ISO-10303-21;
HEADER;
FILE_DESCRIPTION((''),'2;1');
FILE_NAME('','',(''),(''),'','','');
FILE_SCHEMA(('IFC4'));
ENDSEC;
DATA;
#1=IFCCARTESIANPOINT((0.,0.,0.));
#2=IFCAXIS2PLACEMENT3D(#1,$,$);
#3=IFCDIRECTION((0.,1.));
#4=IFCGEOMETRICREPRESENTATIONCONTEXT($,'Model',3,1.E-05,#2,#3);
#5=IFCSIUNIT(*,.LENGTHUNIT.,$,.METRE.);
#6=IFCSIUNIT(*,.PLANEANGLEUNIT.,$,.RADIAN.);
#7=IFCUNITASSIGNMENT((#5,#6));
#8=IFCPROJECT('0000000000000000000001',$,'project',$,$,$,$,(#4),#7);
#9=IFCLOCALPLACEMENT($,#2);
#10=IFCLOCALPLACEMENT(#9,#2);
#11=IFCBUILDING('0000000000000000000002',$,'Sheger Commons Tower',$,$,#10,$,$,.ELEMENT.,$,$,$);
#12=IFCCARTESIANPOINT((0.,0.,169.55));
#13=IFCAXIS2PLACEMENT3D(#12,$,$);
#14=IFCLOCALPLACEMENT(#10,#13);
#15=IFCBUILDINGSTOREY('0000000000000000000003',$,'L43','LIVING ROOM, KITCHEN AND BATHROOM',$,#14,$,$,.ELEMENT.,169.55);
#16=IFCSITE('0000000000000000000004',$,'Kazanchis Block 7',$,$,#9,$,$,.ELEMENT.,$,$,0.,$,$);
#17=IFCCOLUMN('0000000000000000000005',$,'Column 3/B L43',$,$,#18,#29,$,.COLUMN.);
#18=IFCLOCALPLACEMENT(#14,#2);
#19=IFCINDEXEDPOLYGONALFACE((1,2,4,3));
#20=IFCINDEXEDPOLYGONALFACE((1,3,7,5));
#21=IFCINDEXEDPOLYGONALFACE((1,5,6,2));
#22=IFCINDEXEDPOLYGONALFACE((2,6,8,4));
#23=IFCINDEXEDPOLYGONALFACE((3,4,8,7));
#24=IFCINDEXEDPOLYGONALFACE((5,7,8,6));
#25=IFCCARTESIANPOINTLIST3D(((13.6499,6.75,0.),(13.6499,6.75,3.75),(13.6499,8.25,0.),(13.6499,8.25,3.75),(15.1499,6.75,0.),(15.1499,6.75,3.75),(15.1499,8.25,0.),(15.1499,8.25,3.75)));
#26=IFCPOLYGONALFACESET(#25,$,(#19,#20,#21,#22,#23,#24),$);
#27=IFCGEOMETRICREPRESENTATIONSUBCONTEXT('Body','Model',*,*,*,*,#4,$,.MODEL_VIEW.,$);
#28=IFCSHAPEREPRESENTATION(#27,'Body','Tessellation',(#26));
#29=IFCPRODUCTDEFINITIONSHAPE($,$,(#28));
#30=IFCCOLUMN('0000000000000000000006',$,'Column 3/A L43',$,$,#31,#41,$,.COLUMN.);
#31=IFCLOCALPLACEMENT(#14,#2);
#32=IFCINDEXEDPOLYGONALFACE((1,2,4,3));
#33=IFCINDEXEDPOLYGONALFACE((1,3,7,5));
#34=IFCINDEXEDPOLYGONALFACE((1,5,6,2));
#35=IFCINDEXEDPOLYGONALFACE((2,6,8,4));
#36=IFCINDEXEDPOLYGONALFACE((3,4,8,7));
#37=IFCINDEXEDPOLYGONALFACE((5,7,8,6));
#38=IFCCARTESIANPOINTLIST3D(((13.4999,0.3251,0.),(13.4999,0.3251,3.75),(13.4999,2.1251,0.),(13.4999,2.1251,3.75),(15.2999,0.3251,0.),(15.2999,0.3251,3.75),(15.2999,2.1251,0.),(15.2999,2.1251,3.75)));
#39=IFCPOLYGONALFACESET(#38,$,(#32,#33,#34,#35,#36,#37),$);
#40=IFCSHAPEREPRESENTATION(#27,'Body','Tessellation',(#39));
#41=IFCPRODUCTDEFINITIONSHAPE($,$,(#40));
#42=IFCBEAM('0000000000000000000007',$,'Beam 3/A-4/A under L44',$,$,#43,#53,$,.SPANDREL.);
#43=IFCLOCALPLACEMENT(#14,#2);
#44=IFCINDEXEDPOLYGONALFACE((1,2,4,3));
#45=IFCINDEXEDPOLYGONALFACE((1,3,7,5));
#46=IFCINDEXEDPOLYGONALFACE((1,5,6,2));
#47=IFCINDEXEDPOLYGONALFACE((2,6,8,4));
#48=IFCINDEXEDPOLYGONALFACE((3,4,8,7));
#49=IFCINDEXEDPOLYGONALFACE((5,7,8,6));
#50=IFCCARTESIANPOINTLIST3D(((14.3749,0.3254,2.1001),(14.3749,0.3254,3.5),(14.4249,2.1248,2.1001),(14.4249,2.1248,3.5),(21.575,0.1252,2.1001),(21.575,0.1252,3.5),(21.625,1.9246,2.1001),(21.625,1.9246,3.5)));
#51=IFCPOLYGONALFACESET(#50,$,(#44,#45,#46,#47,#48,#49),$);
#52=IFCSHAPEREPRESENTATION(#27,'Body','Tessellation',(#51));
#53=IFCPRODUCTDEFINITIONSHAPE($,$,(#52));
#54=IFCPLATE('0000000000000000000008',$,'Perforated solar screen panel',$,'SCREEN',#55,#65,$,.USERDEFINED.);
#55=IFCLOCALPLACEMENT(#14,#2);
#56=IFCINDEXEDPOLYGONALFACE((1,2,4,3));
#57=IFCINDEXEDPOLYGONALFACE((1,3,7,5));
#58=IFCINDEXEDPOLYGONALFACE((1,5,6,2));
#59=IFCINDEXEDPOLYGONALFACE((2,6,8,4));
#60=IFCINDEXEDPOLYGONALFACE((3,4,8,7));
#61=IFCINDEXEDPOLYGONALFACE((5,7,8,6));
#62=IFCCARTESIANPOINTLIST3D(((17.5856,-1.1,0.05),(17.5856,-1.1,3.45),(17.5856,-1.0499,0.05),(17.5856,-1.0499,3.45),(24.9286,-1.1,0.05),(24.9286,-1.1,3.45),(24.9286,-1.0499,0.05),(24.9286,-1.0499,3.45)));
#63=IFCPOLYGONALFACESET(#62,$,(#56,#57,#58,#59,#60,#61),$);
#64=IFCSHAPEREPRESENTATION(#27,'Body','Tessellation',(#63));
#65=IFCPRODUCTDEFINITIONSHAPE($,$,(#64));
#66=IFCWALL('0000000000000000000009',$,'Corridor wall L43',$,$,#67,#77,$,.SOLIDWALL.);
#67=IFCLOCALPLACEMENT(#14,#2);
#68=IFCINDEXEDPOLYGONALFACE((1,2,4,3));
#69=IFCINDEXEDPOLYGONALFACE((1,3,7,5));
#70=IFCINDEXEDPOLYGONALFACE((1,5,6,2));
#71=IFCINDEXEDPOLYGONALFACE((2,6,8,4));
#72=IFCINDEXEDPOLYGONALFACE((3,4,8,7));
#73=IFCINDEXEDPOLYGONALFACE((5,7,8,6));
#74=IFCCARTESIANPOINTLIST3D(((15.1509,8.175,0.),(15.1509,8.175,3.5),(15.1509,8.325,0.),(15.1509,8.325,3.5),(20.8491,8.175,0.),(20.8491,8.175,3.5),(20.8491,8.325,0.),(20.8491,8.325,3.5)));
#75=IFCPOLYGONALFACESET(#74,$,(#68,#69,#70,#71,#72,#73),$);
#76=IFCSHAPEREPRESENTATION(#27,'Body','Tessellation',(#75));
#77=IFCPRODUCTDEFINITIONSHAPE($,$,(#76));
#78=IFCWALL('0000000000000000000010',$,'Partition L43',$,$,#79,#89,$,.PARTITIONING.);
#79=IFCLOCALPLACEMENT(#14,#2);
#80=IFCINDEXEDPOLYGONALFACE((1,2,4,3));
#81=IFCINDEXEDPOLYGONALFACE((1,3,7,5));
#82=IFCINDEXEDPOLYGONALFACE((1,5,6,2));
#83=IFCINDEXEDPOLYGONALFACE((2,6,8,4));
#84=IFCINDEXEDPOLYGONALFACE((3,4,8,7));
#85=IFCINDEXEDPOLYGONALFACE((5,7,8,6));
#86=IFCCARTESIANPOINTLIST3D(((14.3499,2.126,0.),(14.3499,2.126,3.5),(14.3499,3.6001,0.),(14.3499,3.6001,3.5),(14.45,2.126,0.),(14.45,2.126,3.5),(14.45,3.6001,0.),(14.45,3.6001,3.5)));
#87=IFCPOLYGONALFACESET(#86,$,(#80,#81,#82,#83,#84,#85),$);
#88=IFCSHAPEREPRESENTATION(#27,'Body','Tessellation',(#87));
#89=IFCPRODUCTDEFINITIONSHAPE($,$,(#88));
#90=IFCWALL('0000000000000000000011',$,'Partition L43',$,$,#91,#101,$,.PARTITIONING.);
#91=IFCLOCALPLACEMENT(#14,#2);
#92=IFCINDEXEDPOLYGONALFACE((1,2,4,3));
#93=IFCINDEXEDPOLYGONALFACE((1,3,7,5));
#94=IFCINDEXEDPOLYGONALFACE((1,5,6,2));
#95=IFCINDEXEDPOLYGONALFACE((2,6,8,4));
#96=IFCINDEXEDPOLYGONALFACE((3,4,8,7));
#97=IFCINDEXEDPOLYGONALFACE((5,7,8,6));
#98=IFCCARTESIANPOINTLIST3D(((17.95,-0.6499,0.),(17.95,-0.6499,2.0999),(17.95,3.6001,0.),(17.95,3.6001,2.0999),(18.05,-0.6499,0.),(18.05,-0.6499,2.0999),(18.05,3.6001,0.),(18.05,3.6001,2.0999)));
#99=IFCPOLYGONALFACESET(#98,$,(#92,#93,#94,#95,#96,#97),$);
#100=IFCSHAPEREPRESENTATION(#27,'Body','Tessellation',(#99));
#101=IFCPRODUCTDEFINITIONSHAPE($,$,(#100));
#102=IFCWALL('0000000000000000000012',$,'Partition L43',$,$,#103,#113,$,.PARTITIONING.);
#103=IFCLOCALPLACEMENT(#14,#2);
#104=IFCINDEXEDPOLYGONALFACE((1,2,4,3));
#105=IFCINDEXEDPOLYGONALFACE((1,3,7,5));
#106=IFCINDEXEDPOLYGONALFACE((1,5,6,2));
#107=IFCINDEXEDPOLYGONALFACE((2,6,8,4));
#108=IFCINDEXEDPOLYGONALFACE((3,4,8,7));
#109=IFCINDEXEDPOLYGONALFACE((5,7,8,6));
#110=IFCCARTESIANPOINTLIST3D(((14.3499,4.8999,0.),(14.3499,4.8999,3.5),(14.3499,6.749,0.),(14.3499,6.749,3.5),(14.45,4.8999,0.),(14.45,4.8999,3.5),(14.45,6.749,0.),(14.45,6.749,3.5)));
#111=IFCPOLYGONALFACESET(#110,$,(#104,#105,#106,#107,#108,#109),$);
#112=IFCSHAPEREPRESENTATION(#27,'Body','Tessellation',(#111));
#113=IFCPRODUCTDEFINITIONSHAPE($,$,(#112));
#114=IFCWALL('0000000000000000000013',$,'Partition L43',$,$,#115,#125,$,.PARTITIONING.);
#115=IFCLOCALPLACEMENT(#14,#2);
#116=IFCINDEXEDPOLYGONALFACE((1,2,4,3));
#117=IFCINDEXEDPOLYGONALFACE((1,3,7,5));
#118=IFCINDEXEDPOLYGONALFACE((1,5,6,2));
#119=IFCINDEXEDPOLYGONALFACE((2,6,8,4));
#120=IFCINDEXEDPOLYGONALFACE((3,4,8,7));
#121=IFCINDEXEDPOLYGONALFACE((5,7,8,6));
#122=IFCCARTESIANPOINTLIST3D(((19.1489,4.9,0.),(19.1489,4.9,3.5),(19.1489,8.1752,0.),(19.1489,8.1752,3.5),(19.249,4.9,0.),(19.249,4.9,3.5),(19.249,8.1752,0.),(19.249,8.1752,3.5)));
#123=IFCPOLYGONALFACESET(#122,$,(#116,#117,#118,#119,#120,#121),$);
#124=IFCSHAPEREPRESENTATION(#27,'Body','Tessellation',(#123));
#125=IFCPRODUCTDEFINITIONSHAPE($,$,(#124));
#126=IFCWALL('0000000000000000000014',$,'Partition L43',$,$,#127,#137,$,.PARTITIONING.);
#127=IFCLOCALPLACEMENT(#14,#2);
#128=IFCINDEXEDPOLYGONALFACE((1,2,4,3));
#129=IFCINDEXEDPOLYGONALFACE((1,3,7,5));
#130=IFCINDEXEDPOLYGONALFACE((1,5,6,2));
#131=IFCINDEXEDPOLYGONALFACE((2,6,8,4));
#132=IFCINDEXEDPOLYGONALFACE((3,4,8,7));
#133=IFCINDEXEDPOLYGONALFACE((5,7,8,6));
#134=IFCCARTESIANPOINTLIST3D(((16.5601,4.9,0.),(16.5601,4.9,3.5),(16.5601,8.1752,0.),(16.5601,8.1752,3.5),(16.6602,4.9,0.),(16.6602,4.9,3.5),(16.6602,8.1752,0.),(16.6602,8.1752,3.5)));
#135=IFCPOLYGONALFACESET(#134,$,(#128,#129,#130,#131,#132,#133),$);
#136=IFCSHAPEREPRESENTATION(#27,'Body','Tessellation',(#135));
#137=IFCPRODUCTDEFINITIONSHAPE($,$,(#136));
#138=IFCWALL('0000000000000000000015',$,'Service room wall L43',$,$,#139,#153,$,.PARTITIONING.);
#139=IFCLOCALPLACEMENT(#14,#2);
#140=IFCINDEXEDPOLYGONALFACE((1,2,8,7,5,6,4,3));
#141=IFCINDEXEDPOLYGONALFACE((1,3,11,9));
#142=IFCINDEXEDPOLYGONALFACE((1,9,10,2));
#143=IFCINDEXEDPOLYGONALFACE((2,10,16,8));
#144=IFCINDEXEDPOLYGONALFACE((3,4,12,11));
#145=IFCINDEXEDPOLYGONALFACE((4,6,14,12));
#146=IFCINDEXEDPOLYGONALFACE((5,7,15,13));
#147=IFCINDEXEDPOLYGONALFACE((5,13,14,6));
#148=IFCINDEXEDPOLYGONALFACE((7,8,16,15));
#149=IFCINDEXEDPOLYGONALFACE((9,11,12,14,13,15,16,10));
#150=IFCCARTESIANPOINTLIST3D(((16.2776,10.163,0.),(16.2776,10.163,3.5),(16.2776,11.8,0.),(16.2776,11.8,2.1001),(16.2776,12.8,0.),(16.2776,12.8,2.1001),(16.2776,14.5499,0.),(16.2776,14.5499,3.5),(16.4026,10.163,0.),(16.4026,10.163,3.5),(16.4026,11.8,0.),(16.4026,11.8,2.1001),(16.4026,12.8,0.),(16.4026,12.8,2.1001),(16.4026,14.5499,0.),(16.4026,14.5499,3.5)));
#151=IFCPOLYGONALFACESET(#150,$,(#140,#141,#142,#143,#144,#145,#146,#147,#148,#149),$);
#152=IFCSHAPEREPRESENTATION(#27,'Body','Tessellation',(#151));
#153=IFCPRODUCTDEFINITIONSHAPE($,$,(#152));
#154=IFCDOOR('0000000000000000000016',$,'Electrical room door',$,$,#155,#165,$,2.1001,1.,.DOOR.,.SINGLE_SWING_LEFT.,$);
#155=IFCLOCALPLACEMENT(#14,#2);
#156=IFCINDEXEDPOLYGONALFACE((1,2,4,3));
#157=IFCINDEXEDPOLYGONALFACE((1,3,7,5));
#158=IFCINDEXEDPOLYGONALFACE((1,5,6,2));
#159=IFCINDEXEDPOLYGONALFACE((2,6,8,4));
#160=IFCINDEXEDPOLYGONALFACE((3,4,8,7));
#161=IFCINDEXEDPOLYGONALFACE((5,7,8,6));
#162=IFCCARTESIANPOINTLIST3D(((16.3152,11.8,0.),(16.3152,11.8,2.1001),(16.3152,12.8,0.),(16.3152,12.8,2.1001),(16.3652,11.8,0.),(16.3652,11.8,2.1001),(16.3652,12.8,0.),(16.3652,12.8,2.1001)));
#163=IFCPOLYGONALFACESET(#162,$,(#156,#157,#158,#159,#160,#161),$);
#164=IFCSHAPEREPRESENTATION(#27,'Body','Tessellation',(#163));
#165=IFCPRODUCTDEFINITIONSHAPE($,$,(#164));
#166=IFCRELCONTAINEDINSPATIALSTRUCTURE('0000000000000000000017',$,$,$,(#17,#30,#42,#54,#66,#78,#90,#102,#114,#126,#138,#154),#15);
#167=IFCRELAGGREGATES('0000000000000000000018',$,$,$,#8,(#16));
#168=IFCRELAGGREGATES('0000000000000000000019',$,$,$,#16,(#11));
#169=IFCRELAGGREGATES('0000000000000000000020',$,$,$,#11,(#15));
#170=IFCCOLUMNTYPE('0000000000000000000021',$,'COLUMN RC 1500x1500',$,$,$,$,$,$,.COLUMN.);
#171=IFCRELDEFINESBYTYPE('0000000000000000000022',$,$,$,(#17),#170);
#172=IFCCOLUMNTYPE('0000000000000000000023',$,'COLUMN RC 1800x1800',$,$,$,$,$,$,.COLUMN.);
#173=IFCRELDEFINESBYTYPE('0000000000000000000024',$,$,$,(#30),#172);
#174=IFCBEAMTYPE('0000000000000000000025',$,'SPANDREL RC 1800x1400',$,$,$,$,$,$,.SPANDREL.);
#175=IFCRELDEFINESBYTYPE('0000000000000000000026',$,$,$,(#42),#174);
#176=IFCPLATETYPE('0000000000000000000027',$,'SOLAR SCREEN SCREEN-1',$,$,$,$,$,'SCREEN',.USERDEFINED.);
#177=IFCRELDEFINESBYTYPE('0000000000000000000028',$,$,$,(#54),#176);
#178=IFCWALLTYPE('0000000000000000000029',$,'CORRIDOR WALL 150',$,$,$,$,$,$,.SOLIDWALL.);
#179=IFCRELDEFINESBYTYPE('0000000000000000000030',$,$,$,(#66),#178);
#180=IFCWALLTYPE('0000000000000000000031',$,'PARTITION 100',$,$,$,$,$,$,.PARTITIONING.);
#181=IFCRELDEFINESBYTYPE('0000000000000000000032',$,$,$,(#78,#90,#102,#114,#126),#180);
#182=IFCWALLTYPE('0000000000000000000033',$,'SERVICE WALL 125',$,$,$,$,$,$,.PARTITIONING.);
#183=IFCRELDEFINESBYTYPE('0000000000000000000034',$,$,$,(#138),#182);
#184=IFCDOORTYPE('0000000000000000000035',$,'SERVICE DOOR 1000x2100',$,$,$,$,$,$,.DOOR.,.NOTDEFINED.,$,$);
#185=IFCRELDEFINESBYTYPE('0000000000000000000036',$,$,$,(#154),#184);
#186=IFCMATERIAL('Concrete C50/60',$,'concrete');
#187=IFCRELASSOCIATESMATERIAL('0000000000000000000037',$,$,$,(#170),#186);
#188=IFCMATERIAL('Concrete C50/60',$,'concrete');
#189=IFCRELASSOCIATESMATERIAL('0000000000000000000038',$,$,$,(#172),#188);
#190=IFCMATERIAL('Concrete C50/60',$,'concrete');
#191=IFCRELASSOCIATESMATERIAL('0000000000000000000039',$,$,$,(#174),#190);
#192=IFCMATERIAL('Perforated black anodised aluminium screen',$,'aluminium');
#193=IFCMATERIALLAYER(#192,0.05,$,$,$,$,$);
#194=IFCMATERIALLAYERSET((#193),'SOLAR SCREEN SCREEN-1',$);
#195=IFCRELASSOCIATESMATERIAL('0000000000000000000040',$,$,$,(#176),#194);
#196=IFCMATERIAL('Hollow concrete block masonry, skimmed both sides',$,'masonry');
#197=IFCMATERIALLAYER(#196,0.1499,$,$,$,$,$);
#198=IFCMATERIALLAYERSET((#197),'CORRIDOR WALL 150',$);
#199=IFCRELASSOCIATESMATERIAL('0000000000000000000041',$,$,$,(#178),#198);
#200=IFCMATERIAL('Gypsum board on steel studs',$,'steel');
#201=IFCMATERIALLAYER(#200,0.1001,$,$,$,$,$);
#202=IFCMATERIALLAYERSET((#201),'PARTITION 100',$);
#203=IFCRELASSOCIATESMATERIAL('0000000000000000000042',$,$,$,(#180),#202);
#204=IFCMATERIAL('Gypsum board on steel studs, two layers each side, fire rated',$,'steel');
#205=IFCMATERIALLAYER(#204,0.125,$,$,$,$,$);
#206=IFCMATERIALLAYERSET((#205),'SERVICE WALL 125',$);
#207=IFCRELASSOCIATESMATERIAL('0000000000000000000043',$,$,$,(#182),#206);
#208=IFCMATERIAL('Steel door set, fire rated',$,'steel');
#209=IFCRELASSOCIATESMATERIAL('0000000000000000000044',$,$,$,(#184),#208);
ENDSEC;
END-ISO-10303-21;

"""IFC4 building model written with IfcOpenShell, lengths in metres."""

from ifc_helpers import new_model, si_unit, direction, frame, frame_2d, origin, origin_2d, place, context, subcontext, project, spatial, rectangle, extrude, material, layer, layer_set, material_profile, profile_set, type_object, element, fill, save


model = new_model("IFC4")

# Units and contexts
model_context = context("Model", 3, precision=1e-05, world=origin(), true_north=direction((0.0, 1.0)))
body_context = subcontext(model_context, "Body", "Model", "MODEL_VIEW")
ifc_project = project(units=[si_unit("LENGTHUNIT", "METRE"), si_unit("PLANEANGLEUNIT", "RADIAN")], contexts=[model_context])

# Site, building, storey
site_placement = place(None, origin())
site = spatial("IfcSite", under=ifc_project, at=site_placement, Name="Kazanchis Block 7", CompositionType="ELEMENT", RefElevation=0.0)
building_placement = place(site_placement, origin())
building = spatial("IfcBuilding", under=site, at=building_placement, Name="Sheger Commons Tower", CompositionType="ELEMENT")
storey_placement = place(building_placement, frame((0.0, 0.0, 169.55)))
storey = spatial("IfcBuildingStorey", under=building, at=storey_placement, Name="L43", Description="LIVING ROOM, KITCHEN AND BATHROOM", CompositionType="ELEMENT", Elevation=169.55)

# Columns
ifc_material_1 = material(Name="Concrete C50/60", Category="concrete")
ifc_material_profile_1 = material_profile(ifc_material_1, rectangle(XDim=1.5, YDim=1.5, at=origin_2d()), Name="RC 1500x1500")
ifc_profile_set_1 = profile_set([ifc_material_profile_1], Name="Concrete C50/60")
column_type_1 = type_object("IfcColumnType", Name="COLUMN RC 1500x1500", PredefinedType="COLUMN", material=ifc_profile_set_1)
column_1_placement = place(storey_placement, frame((14.3999, 7.5, 0.0), z_axis=(0.0, 0.0, 1.0), x_axis=(1.0, 0.0, 0.0)))
element("IfcColumn", 1, at=column_1_placement, inside=storey, type_object=column_type_1, Name="Column 3/B L43", PredefinedType="COLUMN", context=body_context, shape_type="SweptSolid", body=[
    extrude(rectangle(XDim=1.5, YDim=1.5, at=origin_2d()), origin(), (0.0, 0.0, 1.0), 3.75),
])
ifc_material_2 = material(Name="Concrete C50/60", Category="concrete")
ifc_material_profile_2 = material_profile(ifc_material_2, rectangle(XDim=1.8, YDim=1.8, at=origin_2d()), Name="RC 1800x1800")
ifc_profile_set_2 = profile_set([ifc_material_profile_2], Name="Concrete C50/60")
column_type_2 = type_object("IfcColumnType", Name="COLUMN RC 1800x1800", PredefinedType="COLUMN", material=ifc_profile_set_2)
column_2_placement = place(storey_placement, frame((14.3999, 1.2251, 0.0), z_axis=(0.0, 0.0, 1.0), x_axis=(1.0, 0.0, 0.0)))
element("IfcColumn", 2, at=column_2_placement, inside=storey, type_object=column_type_2, Name="Column 3/A L43", PredefinedType="COLUMN", context=body_context, shape_type="SweptSolid", body=[
    extrude(rectangle(XDim=1.8, YDim=1.8, at=origin_2d()), origin(), (0.0, 0.0, 1.0), 3.75),
])

# Beam
ifc_material_3 = material(Name="Concrete C50/60", Category="concrete")
ifc_material_profile_3 = material_profile(ifc_material_3, rectangle(XDim=1.8, YDim=1.3999, at=origin_2d()), Name="RC 1800x1400")
ifc_profile_set_3 = profile_set([ifc_material_profile_3], Name="Concrete C50/60")
beam_type = type_object("IfcBeamType", Name="SPANDREL RC 1800x1400", PredefinedType="SPANDREL", material=ifc_profile_set_3)
beam_placement = place(storey_placement, frame((14.3999, 1.2251, 2.8), z_axis=(0.999614, -0.027793, 0.0), x_axis=(0.027793, 0.999614, 0.0)))
element("IfcBeam", 3, at=beam_placement, inside=storey, type_object=beam_type, Name="Beam 3/A-4/A under L44", PredefinedType="SPANDREL", context=body_context, shape_type="SweptSolid", body=[
    extrude(rectangle(XDim=1.8, YDim=1.3999, at=origin_2d()), origin(), (0.0, 0.0, 1.0), 7.2029),
])

# Plate
ifc_material_4 = material(Name="Perforated black anodised aluminium screen", Category="aluminium")
ifc_layer_1 = layer(ifc_material_4, 0.05)
ifc_layer_set_1 = layer_set([ifc_layer_1], Name="SOLAR SCREEN SCREEN-1")
plate_type = type_object("IfcPlateType", Name="SOLAR SCREEN SCREEN-1", ElementType="SCREEN", PredefinedType="USERDEFINED", material=ifc_layer_set_1)
plate_placement = place(storey_placement, frame((21.2571, -1.075, 0.05), z_axis=(0.0, 0.0, 1.0), x_axis=(1.0, 0.0, 0.0)))
element("IfcPlate", 4, at=plate_placement, inside=storey, type_object=plate_type, Name="Perforated solar screen panel", ObjectType="SCREEN", PredefinedType="USERDEFINED", context=body_context, shape_type="SweptSolid", body=[
    extrude(rectangle(XDim=7.343, YDim=0.05, at=origin_2d()), origin(), (0.0, 0.0, 1.0), 3.3999),
])

# Walls
ifc_material_5 = material(Name="Hollow concrete block masonry, skimmed both sides", Category="masonry")
ifc_layer_2 = layer(ifc_material_5, 0.1499)
ifc_layer_set_2 = layer_set([ifc_layer_2], Name="CORRIDOR WALL 150")
wall_type_1 = type_object("IfcWallType", Name="CORRIDOR WALL 150", PredefinedType="SOLIDWALL", material=ifc_layer_set_2)
wall_1_placement = place(storey_placement, frame((20.8491, 8.25, 0.0), z_axis=(0.0, 0.0, 1.0), x_axis=(-1.0, 0.0, 0.0)))
element("IfcWall", 5, at=wall_1_placement, inside=storey, type_object=wall_type_1, Name="Corridor wall L43", PredefinedType="SOLIDWALL", context=body_context, shape_type="SweptSolid", body=[
    extrude(rectangle(XDim=5.6982, YDim=0.1499, at=frame_2d((2.8491, 0.0))), origin(), (0.0, 0.0, 1.0), 3.5),
])
ifc_material_6 = material(Name="Gypsum board on steel studs", Category="steel")
ifc_layer_3 = layer(ifc_material_6, 0.1001)
ifc_layer_set_3 = layer_set([ifc_layer_3], Name="PARTITION 100")
wall_type_2 = type_object("IfcWallType", Name="PARTITION 100", PredefinedType="PARTITIONING", material=ifc_layer_set_3)
wall_2_placement = place(storey_placement, frame((14.3999, 2.126, 0.0), z_axis=(0.0, 0.0, 1.0), x_axis=(0.0, 1.0, 0.0)))
element("IfcWall", 6, at=wall_2_placement, inside=storey, type_object=wall_type_2, Name="Partition L43", PredefinedType="PARTITIONING", context=body_context, shape_type="SweptSolid", body=[
    extrude(rectangle(XDim=1.4741, YDim=0.1001, at=frame_2d((0.7371, 0.0))), origin(), (0.0, 0.0, 1.0), 3.5),
])
wall_3_placement = place(storey_placement, frame((18.0, -0.6499, 0.0), z_axis=(0.0, 0.0, 1.0), x_axis=(0.0, 1.0, 0.0)))
element("IfcWall", 7, at=wall_3_placement, inside=storey, type_object=wall_type_2, Name="Partition L43", PredefinedType="PARTITIONING", context=body_context, shape_type="SweptSolid", body=[
    extrude(rectangle(XDim=4.25, YDim=0.1001, at=frame_2d((2.125, 0.0))), origin(), (0.0, 0.0, 1.0), 2.0999),
])
wall_4_placement = place(storey_placement, frame((14.3999, 4.8999, 0.0), z_axis=(0.0, 0.0, 1.0), x_axis=(0.0, 1.0, 0.0)))
element("IfcWall", 8, at=wall_4_placement, inside=storey, type_object=wall_type_2, Name="Partition L43", PredefinedType="PARTITIONING", context=body_context, shape_type="SweptSolid", body=[
    extrude(rectangle(XDim=1.8491, YDim=0.1001, at=frame_2d((0.9246, 0.0))), origin(), (0.0, 0.0, 1.0), 3.5),
])
for number, where, z_axis, x_axis, name in (
    (9, (19.199, 4.8999, 0.0), (0.0, 0.0, 1.0), (0.0, 1.0, 0.0), "Partition L43"),
    (10, (16.6101, 4.8999, 0.0), (0.0, 0.0, 1.0), (0.0, 1.0, 0.0), "Partition L43"),
):
    element("IfcWall", number, at=place(storey_placement, frame(where, z_axis=z_axis, x_axis=x_axis)), inside=storey, type_object=wall_type_2, Name=name, PredefinedType="PARTITIONING", context=body_context, shape_type="SweptSolid", body=[
        extrude(rectangle(XDim=3.2751, YDim=0.1001, at=frame_2d((1.6377, 0.0))), origin(), (0.0, 0.0, 1.0), 3.5),
    ])

# Wall, opening, door
ifc_material_7 = material(Name="Gypsum board on steel studs, two layers each side, fire rated", Category="steel")
ifc_layer_4 = layer(ifc_material_7, 0.125)
ifc_layer_set_4 = layer_set([ifc_layer_4], Name="SERVICE WALL 125")
wall_type_3 = type_object("IfcWallType", Name="SERVICE WALL 125", PredefinedType="PARTITIONING", material=ifc_layer_set_4)
wall_5_placement = place(storey_placement, frame((16.3401, 10.1631, 0.0), z_axis=(0.0, 0.0, 1.0), x_axis=(0.0, 1.0, 0.0)))
wall_5 = element("IfcWall", 11, at=wall_5_placement, inside=storey, type_object=wall_type_3, Name="Service room wall L43", PredefinedType="PARTITIONING", context=body_context, shape_type="SweptSolid", body=[
    extrude(rectangle(XDim=4.387, YDim=0.125, at=frame_2d((2.1934, 0.0))), origin(), (0.0, 0.0, 1.0), 3.5),
])
opening_1_placement = place(wall_5_placement, frame((1.637, 0.0, 0.0)))
opening_1 = element("IfcOpeningElement", 12, at=opening_1_placement, cuts=wall_5, PredefinedType="OPENING", context=body_context, shape_type="SweptSolid", body=[
    extrude(rectangle(XDim=1.0, YDim=2.1001, at=frame_2d((0.5, 1.05))), frame((0.0, 0.0725, 0.0), z_axis=(0.0, -1.0, 0.0), x_axis=(1.0, 0.0, 0.0)), (0.0, 0.0, 1.0), 0.145),
])
ifc_material_8 = material(Name="Steel door set, fire rated", Category="steel")
door_type_1 = type_object("IfcDoorType", Name="SERVICE DOOR 1000x2100", OperationType="NOTDEFINED", PredefinedType="DOOR", material=ifc_material_8)
door_1_placement = place(opening_1_placement, origin())
door_1 = element("IfcDoor", 13, at=door_1_placement, inside=storey, type_object=door_type_1, Name="Electrical room door", OperationType="SINGLE_SWING_LEFT", OverallHeight=2.1001, OverallWidth=1.0, PredefinedType="DOOR", context=body_context, shape_type="SweptSolid", body=[
    extrude(rectangle(XDim=1.0, YDim=2.1001, at=frame_2d((0.5, 1.05))), frame((0.0, 0.0249, 0.0), z_axis=(0.0, -1.0, 0.0), x_axis=(1.0, 0.0, 0.0)), (0.0, 0.0, 1.0), 0.05),
])
fill(opening_1, door_1)

save(model, "model.ifc")
